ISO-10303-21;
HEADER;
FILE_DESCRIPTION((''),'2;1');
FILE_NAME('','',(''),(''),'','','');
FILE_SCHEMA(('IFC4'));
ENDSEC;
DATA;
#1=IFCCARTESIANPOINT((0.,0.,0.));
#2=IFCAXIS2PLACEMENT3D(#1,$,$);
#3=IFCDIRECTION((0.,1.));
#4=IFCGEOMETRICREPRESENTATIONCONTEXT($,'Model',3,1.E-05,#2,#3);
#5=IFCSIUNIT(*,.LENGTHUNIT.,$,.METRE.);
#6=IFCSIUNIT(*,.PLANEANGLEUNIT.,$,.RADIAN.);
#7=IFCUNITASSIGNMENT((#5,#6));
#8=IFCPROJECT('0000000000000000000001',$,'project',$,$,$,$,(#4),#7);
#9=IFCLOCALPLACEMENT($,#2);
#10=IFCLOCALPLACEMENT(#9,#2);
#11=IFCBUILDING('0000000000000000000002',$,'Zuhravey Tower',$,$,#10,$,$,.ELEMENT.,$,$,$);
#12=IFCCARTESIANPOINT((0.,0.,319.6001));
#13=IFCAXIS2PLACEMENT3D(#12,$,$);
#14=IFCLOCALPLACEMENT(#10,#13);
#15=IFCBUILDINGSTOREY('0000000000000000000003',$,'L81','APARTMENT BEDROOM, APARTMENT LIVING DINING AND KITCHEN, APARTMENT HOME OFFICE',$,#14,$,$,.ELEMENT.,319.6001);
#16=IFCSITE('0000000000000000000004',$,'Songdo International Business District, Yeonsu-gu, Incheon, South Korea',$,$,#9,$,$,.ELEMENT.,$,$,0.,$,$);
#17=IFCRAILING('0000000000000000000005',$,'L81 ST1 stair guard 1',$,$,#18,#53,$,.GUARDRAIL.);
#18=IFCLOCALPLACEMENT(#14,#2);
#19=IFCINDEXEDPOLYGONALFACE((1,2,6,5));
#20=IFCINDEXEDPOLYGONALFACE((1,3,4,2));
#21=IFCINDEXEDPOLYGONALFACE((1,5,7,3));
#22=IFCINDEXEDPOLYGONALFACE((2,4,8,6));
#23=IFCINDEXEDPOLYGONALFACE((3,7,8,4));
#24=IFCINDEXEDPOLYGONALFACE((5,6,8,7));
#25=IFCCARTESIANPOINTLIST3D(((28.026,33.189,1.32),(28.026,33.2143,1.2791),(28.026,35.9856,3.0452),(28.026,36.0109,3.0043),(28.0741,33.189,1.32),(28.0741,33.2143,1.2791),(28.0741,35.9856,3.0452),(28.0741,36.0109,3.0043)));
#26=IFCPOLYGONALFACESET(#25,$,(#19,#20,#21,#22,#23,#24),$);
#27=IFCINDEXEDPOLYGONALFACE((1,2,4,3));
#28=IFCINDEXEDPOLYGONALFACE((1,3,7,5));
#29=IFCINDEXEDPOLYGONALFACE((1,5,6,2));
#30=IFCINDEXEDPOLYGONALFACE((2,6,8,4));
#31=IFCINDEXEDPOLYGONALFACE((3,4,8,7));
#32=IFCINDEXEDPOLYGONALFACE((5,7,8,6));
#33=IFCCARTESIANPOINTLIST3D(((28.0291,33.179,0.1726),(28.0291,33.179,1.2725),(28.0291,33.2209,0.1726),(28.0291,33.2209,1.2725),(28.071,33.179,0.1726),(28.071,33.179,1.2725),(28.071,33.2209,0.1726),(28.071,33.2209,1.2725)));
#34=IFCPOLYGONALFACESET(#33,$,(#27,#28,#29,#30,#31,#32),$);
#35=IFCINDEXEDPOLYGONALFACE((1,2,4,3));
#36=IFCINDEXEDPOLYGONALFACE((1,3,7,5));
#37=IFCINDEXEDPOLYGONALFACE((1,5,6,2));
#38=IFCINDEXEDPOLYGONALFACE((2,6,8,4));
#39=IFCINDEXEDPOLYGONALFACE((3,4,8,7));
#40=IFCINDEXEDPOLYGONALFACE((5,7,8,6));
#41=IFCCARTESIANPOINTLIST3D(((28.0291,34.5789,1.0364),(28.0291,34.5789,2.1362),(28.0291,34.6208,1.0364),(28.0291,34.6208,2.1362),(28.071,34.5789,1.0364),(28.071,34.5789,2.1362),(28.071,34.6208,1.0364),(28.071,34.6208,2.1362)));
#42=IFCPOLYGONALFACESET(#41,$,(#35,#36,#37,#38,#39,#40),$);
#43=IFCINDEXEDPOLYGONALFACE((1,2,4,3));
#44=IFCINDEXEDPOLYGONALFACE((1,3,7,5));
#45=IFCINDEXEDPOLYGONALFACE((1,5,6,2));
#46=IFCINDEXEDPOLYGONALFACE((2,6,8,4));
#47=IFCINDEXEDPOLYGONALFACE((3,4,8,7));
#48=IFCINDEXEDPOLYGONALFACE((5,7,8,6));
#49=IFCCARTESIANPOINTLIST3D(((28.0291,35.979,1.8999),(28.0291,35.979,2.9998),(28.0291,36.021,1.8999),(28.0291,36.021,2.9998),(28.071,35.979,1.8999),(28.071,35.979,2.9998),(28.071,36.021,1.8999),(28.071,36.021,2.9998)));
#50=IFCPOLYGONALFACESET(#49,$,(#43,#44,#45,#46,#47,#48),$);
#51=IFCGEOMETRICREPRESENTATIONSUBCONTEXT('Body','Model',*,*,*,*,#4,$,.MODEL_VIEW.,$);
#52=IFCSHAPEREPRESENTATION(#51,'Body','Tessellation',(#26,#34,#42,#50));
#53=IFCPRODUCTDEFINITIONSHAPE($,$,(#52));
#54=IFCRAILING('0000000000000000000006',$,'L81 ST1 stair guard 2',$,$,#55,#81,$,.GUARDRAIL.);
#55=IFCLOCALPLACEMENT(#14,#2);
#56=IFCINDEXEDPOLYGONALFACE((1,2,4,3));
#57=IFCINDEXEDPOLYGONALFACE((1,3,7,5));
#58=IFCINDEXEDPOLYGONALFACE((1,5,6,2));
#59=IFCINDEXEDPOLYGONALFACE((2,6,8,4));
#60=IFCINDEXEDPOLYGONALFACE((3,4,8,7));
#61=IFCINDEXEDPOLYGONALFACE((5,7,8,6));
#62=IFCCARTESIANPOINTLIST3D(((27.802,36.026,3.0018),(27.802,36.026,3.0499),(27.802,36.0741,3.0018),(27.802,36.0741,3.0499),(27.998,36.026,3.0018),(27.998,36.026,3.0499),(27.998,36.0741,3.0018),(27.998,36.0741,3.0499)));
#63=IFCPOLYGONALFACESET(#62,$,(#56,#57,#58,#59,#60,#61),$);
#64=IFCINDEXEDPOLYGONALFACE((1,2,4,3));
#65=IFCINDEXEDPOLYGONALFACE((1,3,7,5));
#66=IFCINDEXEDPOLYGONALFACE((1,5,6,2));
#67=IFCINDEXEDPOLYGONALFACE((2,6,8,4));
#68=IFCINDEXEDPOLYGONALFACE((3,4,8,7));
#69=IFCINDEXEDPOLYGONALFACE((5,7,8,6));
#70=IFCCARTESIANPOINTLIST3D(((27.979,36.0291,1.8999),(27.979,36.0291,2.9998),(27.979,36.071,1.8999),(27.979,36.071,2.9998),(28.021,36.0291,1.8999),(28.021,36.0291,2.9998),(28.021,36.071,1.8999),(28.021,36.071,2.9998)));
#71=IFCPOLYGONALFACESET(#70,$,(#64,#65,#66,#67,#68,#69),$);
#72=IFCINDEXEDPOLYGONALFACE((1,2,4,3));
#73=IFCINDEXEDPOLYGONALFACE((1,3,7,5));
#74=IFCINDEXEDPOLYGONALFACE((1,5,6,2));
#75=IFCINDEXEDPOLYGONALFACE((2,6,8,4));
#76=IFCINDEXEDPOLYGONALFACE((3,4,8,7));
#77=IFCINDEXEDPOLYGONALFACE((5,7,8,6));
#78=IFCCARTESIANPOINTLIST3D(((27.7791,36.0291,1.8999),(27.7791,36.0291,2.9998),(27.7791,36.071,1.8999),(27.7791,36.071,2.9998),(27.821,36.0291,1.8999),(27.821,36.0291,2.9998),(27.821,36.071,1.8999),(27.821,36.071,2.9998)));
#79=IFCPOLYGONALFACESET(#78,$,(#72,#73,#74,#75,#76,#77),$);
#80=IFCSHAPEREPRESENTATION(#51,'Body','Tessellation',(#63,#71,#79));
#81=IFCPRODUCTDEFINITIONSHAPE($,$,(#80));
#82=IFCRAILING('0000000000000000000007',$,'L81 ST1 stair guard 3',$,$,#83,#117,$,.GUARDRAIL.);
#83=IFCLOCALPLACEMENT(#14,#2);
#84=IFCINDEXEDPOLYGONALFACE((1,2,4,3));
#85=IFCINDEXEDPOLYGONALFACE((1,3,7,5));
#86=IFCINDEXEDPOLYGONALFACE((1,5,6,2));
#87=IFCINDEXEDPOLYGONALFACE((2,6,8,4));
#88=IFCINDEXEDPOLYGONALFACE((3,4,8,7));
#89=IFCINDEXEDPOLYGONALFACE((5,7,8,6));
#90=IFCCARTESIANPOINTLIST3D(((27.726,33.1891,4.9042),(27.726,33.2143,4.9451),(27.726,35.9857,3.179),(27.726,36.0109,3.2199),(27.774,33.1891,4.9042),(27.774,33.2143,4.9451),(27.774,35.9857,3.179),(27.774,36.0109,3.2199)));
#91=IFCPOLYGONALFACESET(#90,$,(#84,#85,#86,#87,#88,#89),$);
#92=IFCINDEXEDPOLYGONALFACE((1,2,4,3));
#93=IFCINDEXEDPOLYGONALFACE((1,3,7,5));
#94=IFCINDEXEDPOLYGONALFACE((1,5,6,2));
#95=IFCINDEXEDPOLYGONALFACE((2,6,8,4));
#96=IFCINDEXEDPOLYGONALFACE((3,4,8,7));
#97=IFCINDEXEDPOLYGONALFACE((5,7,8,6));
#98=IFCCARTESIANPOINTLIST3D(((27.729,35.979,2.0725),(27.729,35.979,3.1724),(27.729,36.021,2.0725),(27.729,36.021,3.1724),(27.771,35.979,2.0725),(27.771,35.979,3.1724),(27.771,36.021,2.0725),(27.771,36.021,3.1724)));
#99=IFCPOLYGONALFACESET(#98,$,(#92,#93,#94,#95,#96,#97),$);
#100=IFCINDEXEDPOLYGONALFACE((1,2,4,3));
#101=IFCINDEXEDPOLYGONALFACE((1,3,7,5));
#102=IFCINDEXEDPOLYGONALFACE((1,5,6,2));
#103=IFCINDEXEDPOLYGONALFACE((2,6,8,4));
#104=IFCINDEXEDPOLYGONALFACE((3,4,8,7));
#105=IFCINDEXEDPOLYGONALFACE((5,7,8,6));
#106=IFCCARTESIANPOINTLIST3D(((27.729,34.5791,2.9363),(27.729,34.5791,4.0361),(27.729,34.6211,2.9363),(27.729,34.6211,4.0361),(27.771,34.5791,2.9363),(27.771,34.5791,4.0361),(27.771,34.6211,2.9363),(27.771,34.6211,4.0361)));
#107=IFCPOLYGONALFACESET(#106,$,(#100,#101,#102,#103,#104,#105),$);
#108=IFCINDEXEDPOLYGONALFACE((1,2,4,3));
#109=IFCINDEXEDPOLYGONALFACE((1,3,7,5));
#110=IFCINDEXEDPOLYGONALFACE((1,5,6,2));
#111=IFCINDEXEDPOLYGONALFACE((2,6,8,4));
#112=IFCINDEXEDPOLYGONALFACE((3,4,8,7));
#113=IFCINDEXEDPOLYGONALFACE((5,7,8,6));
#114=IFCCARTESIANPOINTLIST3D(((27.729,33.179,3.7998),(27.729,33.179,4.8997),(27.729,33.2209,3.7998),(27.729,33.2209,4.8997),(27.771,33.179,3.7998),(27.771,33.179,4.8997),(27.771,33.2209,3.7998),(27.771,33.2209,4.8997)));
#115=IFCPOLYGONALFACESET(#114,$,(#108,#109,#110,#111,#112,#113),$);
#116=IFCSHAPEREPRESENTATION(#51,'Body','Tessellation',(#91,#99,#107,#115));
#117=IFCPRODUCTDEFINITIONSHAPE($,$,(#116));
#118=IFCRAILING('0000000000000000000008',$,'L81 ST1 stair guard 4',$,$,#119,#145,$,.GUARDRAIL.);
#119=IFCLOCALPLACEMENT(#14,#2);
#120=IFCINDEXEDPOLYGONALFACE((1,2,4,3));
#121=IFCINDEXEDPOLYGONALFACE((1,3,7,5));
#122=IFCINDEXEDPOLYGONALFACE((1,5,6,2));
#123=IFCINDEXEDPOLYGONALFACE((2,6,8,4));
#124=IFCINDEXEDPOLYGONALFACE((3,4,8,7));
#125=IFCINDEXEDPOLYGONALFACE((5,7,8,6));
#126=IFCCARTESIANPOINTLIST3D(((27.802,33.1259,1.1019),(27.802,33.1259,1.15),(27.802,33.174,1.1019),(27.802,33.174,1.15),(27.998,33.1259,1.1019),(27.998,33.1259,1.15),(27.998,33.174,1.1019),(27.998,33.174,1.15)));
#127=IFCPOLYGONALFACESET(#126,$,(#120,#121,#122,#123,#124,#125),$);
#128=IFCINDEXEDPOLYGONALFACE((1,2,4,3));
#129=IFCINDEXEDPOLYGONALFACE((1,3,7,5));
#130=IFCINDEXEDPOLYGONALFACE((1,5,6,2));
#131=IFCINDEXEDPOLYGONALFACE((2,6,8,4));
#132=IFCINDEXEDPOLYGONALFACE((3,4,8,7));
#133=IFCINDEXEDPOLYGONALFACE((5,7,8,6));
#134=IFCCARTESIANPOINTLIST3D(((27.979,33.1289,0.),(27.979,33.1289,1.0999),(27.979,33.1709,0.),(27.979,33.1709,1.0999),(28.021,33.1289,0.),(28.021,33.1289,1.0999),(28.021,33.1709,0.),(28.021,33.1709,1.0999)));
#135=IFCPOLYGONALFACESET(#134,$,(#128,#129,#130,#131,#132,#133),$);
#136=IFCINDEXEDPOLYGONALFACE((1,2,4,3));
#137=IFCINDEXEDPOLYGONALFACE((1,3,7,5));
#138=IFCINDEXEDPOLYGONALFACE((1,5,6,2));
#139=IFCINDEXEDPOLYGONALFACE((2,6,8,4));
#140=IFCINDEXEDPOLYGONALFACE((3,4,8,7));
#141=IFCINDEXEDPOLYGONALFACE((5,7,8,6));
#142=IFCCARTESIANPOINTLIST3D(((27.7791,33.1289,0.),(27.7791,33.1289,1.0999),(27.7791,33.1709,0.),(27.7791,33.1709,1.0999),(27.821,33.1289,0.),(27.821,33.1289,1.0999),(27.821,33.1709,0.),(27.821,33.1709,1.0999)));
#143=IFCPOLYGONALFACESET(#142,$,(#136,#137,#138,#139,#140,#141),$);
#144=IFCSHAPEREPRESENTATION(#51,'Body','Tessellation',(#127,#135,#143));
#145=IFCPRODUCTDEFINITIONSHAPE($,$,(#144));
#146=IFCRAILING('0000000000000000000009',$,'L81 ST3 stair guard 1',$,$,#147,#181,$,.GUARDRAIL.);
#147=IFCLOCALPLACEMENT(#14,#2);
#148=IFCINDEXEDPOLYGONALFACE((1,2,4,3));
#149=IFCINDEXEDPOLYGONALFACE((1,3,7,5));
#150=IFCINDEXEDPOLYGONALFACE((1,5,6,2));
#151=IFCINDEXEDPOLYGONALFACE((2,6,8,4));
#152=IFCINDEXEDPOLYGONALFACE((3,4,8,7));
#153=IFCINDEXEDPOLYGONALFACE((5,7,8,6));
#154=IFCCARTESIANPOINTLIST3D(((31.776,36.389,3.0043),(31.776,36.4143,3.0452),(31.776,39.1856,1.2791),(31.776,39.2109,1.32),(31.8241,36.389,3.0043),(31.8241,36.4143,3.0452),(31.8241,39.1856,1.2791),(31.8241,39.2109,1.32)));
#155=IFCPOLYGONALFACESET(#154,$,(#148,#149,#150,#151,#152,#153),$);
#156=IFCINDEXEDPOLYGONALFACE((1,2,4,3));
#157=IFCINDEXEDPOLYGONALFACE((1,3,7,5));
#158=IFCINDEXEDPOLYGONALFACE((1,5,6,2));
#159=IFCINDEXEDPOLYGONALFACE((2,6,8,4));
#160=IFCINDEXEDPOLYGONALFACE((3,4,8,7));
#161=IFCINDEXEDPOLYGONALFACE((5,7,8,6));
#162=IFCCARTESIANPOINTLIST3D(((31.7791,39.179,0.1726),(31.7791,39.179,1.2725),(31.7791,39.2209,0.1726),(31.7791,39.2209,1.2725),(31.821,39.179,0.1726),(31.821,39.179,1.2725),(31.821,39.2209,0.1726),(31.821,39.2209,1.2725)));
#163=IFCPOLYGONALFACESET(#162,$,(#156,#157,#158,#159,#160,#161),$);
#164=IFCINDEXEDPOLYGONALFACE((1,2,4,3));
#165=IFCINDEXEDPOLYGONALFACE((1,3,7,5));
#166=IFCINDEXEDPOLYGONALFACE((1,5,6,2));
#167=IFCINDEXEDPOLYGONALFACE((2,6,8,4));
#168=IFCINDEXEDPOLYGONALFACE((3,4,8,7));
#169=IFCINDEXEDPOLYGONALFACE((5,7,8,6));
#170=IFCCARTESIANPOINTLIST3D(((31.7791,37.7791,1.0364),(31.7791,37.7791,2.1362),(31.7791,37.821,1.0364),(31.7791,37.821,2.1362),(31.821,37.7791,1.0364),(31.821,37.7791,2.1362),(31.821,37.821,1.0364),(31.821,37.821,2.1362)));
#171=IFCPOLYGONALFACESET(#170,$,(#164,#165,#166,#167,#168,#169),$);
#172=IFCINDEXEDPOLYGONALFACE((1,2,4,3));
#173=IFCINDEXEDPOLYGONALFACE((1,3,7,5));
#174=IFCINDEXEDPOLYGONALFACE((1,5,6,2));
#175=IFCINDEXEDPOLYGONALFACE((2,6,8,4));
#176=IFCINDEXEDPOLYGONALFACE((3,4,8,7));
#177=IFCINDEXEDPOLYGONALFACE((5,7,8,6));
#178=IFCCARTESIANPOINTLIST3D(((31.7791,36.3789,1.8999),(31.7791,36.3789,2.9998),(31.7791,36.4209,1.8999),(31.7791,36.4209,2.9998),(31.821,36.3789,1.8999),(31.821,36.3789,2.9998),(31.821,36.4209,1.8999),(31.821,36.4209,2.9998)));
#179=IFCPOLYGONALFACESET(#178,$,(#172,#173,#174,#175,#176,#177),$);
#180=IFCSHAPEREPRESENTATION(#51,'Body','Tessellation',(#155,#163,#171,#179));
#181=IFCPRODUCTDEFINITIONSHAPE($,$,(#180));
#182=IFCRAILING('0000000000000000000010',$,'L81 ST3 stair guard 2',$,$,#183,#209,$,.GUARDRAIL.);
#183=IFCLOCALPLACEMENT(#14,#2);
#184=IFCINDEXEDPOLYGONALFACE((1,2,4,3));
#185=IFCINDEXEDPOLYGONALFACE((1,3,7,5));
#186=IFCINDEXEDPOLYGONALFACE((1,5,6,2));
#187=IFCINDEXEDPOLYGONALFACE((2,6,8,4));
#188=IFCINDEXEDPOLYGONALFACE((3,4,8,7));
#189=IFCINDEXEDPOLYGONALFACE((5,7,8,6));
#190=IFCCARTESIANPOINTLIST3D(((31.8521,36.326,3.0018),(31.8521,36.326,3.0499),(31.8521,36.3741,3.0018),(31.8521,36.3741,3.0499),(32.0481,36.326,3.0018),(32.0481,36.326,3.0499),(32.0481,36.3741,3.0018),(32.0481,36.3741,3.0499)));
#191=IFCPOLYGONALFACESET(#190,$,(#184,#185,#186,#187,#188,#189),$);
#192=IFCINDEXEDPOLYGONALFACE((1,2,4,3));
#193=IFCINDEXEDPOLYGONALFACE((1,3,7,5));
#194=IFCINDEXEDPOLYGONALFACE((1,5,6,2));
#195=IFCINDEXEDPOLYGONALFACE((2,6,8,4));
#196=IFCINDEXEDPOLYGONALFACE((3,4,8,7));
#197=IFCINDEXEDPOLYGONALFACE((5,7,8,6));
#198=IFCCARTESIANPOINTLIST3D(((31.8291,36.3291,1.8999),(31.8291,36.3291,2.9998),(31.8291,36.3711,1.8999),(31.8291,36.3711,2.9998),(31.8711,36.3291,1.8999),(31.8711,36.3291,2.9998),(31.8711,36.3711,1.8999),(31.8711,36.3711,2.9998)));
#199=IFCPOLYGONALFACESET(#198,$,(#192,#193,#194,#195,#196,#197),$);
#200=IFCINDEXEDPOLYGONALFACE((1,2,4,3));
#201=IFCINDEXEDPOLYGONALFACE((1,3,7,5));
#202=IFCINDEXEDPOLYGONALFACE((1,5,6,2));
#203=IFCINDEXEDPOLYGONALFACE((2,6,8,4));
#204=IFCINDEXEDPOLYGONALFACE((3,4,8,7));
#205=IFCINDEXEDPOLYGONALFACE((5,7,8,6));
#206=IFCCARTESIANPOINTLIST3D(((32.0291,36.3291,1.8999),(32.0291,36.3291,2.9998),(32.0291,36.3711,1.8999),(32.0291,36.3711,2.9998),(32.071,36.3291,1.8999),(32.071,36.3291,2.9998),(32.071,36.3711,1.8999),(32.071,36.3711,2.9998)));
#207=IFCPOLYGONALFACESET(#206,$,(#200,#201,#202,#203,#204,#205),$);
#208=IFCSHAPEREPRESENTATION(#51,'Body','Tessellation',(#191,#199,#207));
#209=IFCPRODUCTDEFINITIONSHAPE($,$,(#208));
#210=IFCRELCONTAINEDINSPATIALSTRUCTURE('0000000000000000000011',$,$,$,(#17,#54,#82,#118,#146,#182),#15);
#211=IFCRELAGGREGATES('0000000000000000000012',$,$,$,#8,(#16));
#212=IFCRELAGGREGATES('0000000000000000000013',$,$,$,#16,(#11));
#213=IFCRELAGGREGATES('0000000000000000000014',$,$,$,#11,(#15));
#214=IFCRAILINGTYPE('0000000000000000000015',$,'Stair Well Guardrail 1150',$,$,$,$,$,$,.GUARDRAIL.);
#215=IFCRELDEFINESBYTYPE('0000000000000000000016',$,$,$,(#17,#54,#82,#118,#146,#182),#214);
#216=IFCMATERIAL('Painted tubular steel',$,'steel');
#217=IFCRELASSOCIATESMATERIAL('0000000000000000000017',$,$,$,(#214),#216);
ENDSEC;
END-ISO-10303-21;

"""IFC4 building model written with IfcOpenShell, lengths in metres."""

from ifc_helpers import new_model, si_unit, direction, frame, origin, origin_2d, place, context, subcontext, project, spatial, rectangle, extrude, material, type_object, element, save


model = new_model("IFC4")

# Units and contexts
model_context = context("Model", 3, precision=1e-05, world=origin(), true_north=direction((0.0, 1.0)))
body_context = subcontext(model_context, "Body", "Model", "MODEL_VIEW")
ifc_project = project(units=[si_unit("LENGTHUNIT", "METRE"), si_unit("PLANEANGLEUNIT", "RADIAN")], contexts=[model_context])

# Site, building, storey
site_placement = place(None, origin())
site = spatial("IfcSite", under=ifc_project, at=site_placement, Name="Songdo International Business District, Yeonsu-gu, Incheon, South Korea", CompositionType="ELEMENT", RefElevation=0.0)
building_placement = place(site_placement, origin())
building = spatial("IfcBuilding", under=site, at=building_placement, Name="Zuhravey Tower", CompositionType="ELEMENT")
storey_placement = place(building_placement, frame((0.0, 0.0, 319.6001)))
storey = spatial("IfcBuildingStorey", under=building, at=storey_placement, Name="L81", Description="APARTMENT BEDROOM, APARTMENT LIVING DINING AND KITCHEN, APARTMENT HOME OFFICE", CompositionType="ELEMENT", Elevation=319.6001)

# Railings
ifc_material_1 = material(Name="Painted tubular steel", Category="steel")
railing_type_1 = type_object("IfcRailingType", Name="Stair Well Guardrail 1150", PredefinedType="GUARDRAIL", material=ifc_material_1)
railing_1_placement = place(storey_placement, frame((28.05, 33.2, 0.1726)))
element("IfcRailing", 1, at=railing_1_placement, inside=storey, type_object=railing_type_1, Name="L81 ST1 stair guard 1", PredefinedType="GUARDRAIL", context=body_context, shape_type="SweptSolid", body=[
    extrude(rectangle(XDim=0.0481, YDim=0.0481, at=origin_2d()), frame((0.0, 0.0017, 1.127), z_axis=(0.0, 0.85109, 0.52502), x_axis=(-1.0, 0.0, 0.0)), (0.0, 0.0, 1.0), 3.2859),
    extrude(rectangle(XDim=0.042, YDim=0.042, at=origin_2d()), origin(), (0.0, 0.0, 1.0), 1.0999),
    extrude(rectangle(XDim=0.042, YDim=0.042, at=origin_2d()), frame((0.0, 1.3999, 0.8638)), (0.0, 0.0, 1.0), 1.0999),
    extrude(rectangle(XDim=0.042, YDim=0.042, at=origin_2d()), frame((0.0, 2.8, 1.7273)), (0.0, 0.0, 1.0), 1.0999),
])
railing_2_placement = place(storey_placement, frame((28.0, 36.05, 1.8999)))
element("IfcRailing", 2, at=railing_2_placement, inside=storey, type_object=railing_type_1, Name="L81 ST1 stair guard 2", PredefinedType="GUARDRAIL", context=body_context, shape_type="SweptSolid", body=[
    extrude(rectangle(XDim=0.0481, YDim=0.0481, at=origin_2d()), frame((-0.002, 0.0, 1.126), z_axis=(-1.0, 0.0, 0.0), x_axis=(0.0, -1.0, 0.0)), (0.0, 0.0, 1.0), 0.196),
    extrude(rectangle(XDim=0.042, YDim=0.042, at=origin_2d()), origin(), (0.0, 0.0, 1.0), 1.0999),
    extrude(rectangle(XDim=0.042, YDim=0.042, at=origin_2d()), frame((-0.2, 0.0, 0.0)), (0.0, 0.0, 1.0), 1.0999),
])
railing_3_placement = place(storey_placement, frame((27.75, 36.0, 2.0725)))
element("IfcRailing", 3, at=railing_3_placement, inside=storey, type_object=railing_type_1, Name="L81 ST1 stair guard 3", PredefinedType="GUARDRAIL", context=body_context, shape_type="SweptSolid", body=[
    extrude(rectangle(XDim=0.0481, YDim=0.0481, at=origin_2d()), frame((0.0, -0.0017, 1.127), z_axis=(0.0, -0.85109, 0.52502), x_axis=(1.0, 0.0, 0.0)), (0.0, 0.0, 1.0), 3.2859),
    extrude(rectangle(XDim=0.042, YDim=0.042, at=origin_2d()), origin(), (0.0, 0.0, 1.0), 1.0999),
    extrude(rectangle(XDim=0.042, YDim=0.042, at=origin_2d()), frame((0.0, -1.3999, 0.8638)), (0.0, 0.0, 1.0), 1.0999),
    extrude(rectangle(XDim=0.042, YDim=0.042, at=origin_2d()), frame((0.0, -2.8, 1.7273)), (0.0, 0.0, 1.0), 1.0999),
])
railing_4_placement = place(storey_placement, frame((28.0, 33.1499, 0.0)))
element("IfcRailing", 4, at=railing_4_placement, inside=storey, type_object=railing_type_1, Name="L81 ST1 stair guard 4", PredefinedType="GUARDRAIL", context=body_context, shape_type="SweptSolid", body=[
    extrude(rectangle(XDim=0.0481, YDim=0.0481, at=origin_2d()), frame((-0.002, 0.0, 1.126), z_axis=(-1.0, 0.0, 0.0), x_axis=(0.0, -1.0, 0.0)), (0.0, 0.0, 1.0), 0.196),
    extrude(rectangle(XDim=0.042, YDim=0.042, at=origin_2d()), origin(), (0.0, 0.0, 1.0), 1.0999),
    extrude(rectangle(XDim=0.042, YDim=0.042, at=origin_2d()), frame((-0.2, 0.0, 0.0)), (0.0, 0.0, 1.0), 1.0999),
])
railing_5_placement = place(storey_placement, frame((31.8, 39.2, 0.1726)))
element("IfcRailing", 5, at=railing_5_placement, inside=storey, type_object=railing_type_1, Name="L81 ST3 stair guard 1", PredefinedType="GUARDRAIL", context=body_context, shape_type="SweptSolid", body=[
    extrude(rectangle(XDim=0.0481, YDim=0.0481, at=origin_2d()), frame((0.0, -0.0017, 1.127), z_axis=(0.0, -0.85109, 0.52502), x_axis=(1.0, 0.0, 0.0)), (0.0, 0.0, 1.0), 3.2859),
    extrude(rectangle(XDim=0.042, YDim=0.042, at=origin_2d()), origin(), (0.0, 0.0, 1.0), 1.0999),
    extrude(rectangle(XDim=0.042, YDim=0.042, at=origin_2d()), frame((0.0, -1.3999, 0.8638)), (0.0, 0.0, 1.0), 1.0999),
    extrude(rectangle(XDim=0.042, YDim=0.042, at=origin_2d()), frame((0.0, -2.8, 1.7273)), (0.0, 0.0, 1.0), 1.0999),
])
railing_6_placement = place(storey_placement, frame((31.8501, 36.3501, 1.8999)))
element("IfcRailing", 6, at=railing_6_placement, inside=storey, type_object=railing_type_1, Name="L81 ST3 stair guard 2", PredefinedType="GUARDRAIL", context=body_context, shape_type="SweptSolid", body=[
    extrude(rectangle(XDim=0.0481, YDim=0.0481, at=origin_2d()), frame((0.002, 0.0, 1.126), z_axis=(1.0, 0.0, 0.0), x_axis=(0.0, 1.0, 0.0)), (0.0, 0.0, 1.0), 0.196),
    extrude(rectangle(XDim=0.042, YDim=0.042, at=origin_2d()), origin(), (0.0, 0.0, 1.0), 1.0999),
    extrude(rectangle(XDim=0.042, YDim=0.042, at=origin_2d()), frame((0.2, 0.0, 0.0)), (0.0, 0.0, 1.0), 1.0999),
])

save(model, "model.ifc")
